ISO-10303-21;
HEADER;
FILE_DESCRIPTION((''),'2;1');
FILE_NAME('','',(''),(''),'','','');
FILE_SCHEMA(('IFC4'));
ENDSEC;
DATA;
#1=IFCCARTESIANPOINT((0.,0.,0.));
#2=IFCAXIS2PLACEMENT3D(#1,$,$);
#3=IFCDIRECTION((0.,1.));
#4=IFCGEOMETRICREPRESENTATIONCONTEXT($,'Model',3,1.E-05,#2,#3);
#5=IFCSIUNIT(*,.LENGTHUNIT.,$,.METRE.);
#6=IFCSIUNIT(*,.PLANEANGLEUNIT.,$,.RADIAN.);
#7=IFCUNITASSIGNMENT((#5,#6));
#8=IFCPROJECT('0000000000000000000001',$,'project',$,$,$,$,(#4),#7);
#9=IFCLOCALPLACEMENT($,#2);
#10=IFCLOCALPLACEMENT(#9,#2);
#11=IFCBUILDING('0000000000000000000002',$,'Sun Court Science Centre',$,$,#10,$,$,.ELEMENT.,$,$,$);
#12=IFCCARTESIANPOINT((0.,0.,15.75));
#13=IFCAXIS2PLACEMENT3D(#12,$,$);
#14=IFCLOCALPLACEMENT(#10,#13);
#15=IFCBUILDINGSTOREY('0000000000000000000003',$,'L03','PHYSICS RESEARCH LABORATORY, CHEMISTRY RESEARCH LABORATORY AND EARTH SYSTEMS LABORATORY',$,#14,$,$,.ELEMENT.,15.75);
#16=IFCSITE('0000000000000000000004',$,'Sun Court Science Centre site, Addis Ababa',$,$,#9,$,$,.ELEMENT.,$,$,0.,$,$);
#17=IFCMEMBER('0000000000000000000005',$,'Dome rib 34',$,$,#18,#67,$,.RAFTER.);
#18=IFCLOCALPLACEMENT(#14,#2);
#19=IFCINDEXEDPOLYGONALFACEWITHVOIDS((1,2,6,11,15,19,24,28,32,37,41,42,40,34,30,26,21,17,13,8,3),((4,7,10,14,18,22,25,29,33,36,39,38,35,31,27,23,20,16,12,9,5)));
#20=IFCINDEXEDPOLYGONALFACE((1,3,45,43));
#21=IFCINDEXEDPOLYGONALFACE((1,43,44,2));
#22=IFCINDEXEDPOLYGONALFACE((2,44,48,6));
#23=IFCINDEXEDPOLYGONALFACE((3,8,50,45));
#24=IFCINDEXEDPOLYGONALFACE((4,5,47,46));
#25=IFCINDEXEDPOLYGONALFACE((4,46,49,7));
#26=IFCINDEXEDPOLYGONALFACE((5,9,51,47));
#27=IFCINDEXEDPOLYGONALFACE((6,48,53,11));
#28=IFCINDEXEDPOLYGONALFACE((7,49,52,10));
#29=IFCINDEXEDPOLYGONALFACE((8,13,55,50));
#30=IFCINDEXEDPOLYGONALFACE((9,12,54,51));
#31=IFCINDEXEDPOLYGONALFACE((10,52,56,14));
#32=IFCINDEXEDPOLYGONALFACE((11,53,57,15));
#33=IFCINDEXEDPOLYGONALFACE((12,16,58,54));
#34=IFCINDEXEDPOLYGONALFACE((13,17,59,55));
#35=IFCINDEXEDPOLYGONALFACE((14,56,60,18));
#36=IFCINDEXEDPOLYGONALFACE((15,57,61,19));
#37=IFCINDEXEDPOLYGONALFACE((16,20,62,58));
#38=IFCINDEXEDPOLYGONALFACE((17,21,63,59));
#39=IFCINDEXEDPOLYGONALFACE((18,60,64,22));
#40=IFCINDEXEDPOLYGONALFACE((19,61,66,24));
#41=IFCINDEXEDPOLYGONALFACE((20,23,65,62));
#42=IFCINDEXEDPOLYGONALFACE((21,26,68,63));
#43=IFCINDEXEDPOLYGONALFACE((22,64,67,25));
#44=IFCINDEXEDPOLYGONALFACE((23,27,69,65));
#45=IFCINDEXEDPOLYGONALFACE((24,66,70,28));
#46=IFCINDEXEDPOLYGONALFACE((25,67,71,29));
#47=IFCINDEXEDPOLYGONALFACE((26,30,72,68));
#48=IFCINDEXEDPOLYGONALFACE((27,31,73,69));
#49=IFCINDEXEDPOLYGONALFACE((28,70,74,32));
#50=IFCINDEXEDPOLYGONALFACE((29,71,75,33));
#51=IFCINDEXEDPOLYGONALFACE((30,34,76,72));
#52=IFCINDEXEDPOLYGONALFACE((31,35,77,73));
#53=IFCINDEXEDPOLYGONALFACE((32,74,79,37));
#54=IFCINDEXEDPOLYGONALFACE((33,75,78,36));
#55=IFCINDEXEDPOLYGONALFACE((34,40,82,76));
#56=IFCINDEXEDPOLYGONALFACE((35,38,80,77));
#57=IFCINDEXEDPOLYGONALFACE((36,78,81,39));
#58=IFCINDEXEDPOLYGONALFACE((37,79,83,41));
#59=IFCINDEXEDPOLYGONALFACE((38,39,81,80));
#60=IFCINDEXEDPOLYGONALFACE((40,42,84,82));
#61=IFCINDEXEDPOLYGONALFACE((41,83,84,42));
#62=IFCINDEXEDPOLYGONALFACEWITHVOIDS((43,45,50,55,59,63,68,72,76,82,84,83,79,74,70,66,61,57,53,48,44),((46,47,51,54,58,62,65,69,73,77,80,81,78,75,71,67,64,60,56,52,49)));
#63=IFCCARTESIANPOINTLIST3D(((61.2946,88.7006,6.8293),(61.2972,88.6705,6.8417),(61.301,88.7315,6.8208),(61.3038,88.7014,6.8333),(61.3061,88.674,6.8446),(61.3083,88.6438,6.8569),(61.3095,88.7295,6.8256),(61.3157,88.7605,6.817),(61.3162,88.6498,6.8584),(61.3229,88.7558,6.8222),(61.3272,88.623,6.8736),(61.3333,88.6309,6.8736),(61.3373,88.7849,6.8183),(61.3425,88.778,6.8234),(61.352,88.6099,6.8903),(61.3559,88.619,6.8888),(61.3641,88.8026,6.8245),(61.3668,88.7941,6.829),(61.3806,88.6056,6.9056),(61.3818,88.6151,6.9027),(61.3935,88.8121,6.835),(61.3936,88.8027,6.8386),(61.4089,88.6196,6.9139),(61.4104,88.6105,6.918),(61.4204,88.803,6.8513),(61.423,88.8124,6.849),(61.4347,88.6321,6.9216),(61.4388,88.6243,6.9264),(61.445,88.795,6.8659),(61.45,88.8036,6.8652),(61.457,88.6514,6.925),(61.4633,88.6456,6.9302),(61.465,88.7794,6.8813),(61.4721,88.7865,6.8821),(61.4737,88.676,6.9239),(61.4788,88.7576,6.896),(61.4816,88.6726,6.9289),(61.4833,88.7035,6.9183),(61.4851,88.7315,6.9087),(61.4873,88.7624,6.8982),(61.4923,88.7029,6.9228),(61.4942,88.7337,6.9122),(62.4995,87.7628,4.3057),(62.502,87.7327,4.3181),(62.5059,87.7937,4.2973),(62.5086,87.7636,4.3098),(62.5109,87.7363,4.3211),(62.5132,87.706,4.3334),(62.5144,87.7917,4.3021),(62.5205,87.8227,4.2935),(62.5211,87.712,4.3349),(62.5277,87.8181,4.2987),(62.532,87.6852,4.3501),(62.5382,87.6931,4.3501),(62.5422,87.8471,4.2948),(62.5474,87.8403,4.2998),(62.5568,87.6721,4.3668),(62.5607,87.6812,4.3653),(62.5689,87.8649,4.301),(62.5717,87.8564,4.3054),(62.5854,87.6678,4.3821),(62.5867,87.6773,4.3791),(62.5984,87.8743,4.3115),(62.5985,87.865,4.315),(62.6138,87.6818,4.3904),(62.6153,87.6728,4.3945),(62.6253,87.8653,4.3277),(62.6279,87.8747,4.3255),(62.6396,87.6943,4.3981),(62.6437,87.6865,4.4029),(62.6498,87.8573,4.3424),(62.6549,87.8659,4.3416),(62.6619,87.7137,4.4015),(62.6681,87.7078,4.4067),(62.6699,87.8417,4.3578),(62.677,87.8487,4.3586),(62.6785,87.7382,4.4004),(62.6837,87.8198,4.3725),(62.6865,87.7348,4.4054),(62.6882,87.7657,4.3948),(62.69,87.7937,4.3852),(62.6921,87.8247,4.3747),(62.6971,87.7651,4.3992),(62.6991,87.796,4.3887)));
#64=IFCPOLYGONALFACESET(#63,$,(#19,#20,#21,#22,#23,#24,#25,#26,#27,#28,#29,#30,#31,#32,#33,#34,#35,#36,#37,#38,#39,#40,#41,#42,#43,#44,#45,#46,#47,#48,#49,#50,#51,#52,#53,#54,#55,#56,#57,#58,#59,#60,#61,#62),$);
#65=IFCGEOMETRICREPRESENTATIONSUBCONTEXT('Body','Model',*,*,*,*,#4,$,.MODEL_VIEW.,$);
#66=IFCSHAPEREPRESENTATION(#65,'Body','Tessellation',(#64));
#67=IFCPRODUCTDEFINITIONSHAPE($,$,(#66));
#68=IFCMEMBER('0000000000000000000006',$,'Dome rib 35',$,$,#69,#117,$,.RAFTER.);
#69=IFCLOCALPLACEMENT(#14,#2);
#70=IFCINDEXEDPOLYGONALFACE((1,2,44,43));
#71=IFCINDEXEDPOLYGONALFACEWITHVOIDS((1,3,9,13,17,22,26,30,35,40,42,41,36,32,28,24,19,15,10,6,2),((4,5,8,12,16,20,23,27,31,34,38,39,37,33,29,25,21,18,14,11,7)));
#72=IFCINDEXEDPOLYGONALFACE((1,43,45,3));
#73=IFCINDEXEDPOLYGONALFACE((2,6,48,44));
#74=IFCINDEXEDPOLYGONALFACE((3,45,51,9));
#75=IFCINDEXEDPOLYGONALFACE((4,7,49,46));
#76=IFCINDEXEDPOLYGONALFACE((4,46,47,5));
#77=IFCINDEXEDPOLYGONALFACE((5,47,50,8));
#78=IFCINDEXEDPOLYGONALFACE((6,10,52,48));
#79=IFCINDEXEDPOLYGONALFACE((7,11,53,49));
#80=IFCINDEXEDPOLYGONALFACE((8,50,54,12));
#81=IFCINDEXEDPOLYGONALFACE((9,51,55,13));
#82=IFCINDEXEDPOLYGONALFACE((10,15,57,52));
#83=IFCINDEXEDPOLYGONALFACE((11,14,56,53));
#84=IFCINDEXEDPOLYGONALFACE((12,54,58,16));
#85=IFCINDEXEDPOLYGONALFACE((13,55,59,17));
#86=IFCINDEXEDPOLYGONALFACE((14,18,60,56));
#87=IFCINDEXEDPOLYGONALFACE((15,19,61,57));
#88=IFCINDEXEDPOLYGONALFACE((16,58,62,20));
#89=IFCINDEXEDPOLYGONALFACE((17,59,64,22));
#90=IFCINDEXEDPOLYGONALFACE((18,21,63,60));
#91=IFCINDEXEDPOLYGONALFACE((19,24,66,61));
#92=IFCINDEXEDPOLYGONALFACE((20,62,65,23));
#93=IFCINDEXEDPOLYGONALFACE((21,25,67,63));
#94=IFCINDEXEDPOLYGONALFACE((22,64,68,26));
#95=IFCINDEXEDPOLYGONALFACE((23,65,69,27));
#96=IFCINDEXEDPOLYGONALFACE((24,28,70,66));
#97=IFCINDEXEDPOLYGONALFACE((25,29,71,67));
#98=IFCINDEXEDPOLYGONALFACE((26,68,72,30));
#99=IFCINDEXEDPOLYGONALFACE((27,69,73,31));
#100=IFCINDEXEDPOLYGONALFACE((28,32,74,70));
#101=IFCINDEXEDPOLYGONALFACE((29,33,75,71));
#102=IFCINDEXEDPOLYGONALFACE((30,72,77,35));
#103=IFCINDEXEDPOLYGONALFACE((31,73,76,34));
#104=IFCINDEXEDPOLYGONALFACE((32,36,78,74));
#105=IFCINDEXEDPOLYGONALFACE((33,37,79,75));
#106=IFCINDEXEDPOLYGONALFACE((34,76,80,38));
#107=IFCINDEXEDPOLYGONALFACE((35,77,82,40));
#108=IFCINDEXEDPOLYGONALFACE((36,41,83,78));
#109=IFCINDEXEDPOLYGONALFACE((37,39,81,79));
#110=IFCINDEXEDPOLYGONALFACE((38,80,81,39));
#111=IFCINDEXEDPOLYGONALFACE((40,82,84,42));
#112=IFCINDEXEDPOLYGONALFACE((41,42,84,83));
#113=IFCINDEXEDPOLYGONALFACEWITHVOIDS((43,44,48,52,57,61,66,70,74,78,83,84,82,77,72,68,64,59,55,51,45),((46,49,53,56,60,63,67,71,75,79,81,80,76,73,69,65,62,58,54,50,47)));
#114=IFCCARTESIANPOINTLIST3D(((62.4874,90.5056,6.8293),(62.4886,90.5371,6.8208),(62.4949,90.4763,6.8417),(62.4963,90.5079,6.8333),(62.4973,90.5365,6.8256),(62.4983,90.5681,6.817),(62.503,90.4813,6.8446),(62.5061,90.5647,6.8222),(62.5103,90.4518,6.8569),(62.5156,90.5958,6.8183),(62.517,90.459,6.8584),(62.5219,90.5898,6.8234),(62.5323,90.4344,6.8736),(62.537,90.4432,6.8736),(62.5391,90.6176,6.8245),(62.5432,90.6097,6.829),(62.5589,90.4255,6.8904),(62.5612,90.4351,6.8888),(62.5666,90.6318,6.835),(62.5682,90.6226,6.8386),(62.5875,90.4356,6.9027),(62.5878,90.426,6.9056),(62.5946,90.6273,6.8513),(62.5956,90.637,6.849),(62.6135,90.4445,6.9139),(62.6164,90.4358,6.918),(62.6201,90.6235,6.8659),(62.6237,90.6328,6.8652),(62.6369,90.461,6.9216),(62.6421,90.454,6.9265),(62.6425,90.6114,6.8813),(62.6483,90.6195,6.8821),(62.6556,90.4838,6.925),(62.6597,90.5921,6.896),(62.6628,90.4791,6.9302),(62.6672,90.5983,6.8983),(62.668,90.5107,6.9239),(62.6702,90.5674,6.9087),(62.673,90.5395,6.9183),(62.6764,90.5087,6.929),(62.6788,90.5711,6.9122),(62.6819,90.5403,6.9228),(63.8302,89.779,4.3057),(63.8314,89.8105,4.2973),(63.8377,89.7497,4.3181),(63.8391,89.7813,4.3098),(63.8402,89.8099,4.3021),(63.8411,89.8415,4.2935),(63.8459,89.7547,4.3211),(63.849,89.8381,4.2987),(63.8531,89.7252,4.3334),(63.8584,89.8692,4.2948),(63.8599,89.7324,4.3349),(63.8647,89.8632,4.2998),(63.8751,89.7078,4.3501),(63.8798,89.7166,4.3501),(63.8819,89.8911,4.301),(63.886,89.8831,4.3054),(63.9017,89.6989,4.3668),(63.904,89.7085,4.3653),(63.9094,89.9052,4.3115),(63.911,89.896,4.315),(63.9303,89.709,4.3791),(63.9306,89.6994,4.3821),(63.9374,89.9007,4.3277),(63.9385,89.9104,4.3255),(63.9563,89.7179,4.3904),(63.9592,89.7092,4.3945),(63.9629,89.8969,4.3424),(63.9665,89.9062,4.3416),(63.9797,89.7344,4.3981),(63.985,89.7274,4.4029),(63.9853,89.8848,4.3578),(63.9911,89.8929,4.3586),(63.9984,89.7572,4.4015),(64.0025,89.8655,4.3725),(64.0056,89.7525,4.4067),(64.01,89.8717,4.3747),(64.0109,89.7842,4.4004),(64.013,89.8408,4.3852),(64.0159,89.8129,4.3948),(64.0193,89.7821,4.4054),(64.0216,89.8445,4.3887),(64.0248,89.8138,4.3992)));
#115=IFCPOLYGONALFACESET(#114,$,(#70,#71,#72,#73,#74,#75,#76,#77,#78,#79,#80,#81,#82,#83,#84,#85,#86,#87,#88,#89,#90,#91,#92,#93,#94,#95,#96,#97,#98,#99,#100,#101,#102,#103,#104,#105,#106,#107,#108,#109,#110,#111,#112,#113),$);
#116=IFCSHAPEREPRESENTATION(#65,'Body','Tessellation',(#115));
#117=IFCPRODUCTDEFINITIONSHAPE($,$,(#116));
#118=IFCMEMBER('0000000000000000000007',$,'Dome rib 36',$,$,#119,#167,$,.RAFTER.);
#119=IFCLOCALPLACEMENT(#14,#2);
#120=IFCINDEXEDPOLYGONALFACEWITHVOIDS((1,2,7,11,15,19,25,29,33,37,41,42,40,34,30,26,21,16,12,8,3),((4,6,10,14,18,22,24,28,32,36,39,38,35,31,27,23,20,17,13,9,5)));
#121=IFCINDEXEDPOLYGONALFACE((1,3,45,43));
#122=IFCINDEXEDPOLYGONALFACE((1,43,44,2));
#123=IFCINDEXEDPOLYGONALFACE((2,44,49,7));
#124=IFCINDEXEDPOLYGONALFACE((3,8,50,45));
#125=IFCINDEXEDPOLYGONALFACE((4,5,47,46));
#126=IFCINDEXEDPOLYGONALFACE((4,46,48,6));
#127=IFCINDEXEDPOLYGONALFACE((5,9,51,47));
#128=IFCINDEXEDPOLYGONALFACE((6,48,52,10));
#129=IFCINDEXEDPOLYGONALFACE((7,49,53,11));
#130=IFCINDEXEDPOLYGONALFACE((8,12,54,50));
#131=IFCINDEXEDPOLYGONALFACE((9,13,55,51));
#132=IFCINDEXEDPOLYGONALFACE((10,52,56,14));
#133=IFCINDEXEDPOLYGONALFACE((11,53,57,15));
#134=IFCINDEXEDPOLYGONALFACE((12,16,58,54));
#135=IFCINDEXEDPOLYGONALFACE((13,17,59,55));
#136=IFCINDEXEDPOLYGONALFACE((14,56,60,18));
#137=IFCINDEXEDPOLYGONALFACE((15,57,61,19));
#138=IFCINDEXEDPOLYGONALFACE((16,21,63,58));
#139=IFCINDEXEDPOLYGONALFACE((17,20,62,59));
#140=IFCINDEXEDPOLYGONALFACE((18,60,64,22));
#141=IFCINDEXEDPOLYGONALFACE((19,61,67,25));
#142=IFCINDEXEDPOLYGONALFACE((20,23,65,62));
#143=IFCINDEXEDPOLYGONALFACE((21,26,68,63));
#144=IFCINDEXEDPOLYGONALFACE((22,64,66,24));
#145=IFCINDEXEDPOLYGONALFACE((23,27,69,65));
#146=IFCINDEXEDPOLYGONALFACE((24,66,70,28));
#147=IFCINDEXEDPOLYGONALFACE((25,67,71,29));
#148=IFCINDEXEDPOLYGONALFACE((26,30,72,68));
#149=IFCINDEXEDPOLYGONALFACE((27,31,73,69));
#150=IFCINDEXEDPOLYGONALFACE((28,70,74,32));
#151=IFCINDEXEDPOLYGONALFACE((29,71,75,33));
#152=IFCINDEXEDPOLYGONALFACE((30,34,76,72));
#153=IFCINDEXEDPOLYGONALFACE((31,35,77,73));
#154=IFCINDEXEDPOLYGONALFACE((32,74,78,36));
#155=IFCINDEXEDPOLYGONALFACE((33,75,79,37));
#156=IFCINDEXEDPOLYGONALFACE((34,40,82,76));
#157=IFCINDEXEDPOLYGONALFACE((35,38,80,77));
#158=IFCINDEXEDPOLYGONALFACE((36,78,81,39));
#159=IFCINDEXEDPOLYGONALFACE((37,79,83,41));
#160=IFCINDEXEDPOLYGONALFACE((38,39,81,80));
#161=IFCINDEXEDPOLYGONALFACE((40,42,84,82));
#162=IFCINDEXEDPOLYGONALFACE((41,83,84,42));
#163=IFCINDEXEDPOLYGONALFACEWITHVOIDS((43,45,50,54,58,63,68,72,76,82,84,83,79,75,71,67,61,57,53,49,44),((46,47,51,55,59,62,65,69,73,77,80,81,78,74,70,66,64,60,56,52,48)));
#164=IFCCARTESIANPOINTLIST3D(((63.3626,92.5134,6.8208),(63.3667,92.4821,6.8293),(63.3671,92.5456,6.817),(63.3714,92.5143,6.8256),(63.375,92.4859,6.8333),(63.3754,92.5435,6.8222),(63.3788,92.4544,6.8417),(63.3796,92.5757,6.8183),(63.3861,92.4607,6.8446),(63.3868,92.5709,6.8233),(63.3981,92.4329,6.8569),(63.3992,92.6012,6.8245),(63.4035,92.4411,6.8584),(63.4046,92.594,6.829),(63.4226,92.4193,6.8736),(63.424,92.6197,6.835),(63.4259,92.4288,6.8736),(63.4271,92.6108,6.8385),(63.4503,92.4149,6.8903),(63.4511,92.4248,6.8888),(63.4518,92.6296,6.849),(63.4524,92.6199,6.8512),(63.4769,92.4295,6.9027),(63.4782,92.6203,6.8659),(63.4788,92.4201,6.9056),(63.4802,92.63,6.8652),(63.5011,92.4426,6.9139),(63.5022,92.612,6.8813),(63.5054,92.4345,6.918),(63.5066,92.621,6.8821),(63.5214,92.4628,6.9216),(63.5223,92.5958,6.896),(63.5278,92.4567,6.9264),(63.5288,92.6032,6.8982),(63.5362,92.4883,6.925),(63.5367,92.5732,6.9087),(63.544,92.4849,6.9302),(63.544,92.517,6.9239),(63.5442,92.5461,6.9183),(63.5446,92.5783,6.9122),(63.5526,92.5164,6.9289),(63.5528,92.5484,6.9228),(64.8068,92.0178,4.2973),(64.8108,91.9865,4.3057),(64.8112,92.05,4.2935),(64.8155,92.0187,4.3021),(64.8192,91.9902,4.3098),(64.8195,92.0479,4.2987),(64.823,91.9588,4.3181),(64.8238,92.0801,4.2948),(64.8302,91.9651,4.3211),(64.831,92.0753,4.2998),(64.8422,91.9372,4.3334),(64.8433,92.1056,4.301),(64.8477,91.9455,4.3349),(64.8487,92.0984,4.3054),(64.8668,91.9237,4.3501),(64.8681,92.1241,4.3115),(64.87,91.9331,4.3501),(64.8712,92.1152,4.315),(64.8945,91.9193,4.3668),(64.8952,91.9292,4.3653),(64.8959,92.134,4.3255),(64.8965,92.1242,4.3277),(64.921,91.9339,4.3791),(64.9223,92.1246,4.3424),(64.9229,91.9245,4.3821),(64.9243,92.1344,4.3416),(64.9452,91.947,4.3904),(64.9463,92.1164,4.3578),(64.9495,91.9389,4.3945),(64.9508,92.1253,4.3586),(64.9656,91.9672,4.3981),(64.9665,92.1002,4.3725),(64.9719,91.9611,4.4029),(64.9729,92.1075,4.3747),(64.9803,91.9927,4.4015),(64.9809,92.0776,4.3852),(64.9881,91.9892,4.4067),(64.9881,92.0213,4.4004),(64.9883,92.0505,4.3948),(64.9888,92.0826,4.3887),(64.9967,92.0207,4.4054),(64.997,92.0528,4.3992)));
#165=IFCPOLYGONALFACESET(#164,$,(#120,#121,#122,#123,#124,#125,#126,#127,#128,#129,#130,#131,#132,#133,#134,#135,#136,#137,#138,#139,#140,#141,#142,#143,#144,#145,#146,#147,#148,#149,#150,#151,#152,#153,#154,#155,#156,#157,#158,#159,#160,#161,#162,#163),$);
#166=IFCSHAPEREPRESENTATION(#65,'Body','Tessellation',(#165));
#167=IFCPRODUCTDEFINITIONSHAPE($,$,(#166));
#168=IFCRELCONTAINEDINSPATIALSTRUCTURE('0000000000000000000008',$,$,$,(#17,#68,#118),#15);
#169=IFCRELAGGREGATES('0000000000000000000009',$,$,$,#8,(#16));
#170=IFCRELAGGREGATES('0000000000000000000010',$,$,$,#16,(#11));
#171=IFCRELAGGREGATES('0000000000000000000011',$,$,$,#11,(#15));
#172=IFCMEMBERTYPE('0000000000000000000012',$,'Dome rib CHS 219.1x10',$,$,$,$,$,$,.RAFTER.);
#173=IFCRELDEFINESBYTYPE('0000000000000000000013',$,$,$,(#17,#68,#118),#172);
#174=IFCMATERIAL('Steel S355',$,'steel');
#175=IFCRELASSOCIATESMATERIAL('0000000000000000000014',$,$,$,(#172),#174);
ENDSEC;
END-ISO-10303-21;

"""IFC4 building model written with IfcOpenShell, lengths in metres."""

from ifc_helpers import new_model, si_unit, direction, frame, origin, origin_2d, place, context, subcontext, project, spatial, hollow_circle, extrude, material, material_profile, profile_set, type_object, element, save


model = new_model("IFC4")

# Units and contexts
model_context = context("Model", 3, precision=1e-05, world=origin(), true_north=direction((0.0, 1.0)))
body_context = subcontext(model_context, "Body", "Model", "MODEL_VIEW")
ifc_project = project(units=[si_unit("LENGTHUNIT", "METRE"), si_unit("PLANEANGLEUNIT", "RADIAN")], contexts=[model_context])

# Site, building, storey
site_placement = place(None, origin())
site = spatial("IfcSite", under=ifc_project, at=site_placement, Name="Sun Court Science Centre site, Addis Ababa", CompositionType="ELEMENT", RefElevation=0.0)
building_placement = place(site_placement, origin())
building = spatial("IfcBuilding", under=site, at=building_placement, Name="Sun Court Science Centre", CompositionType="ELEMENT")
storey_placement = place(building_placement, frame((0.0, 0.0, 15.75)))
storey = spatial("IfcBuildingStorey", under=building, at=storey_placement, Name="L03", Description="PHYSICS RESEARCH LABORATORY, CHEMISTRY RESEARCH LABORATORY AND EARTH SYSTEMS LABORATORY", CompositionType="ELEMENT", Elevation=15.75)

# Members
ifc_material_1 = material(Name="Steel S355", Category="steel")
ifc_material_profile_1 = material_profile(ifc_material_1, hollow_circle(Radius=0.1096, WallThickness=0.01, at=origin_2d()), Name="CHS 219.1x10")
ifc_profile_set_1 = profile_set([ifc_material_profile_1], Name="Steel S355")
member_type_1 = type_object("IfcMemberType", Name="Dome rib CHS 219.1x10", PredefinedType="RAFTER", material=ifc_profile_set_1)
for number, where, z_axis, x_axis, name in (
    (1, (62.5994, 87.7717, 4.3501), (-0.408507, 0.317948, 0.855588), (-0.614206, -0.789146, 0.0), "Dome rib 34"),
    (2, (63.9272, 89.8042, 4.3501), (-0.455278, 0.246347, 0.855591), (-0.475892, -0.879504, 0.0), "Dome rib 35"),
    (3, (64.9023, 92.0273, 4.3501), (-0.489628, 0.168038, 0.855586), (-0.32461, -0.945848, 0.0), "Dome rib 36"),
):
    element("IfcMember", number, at=place(storey_placement, frame(where, z_axis=z_axis, x_axis=x_axis)), inside=storey, type_object=member_type_1, Name=name, PredefinedType="RAFTER", context=body_context, shape_type="SweptSolid", body=[
        extrude(hollow_circle(Radius=0.1096, WallThickness=0.01, at=origin_2d()), origin(), (0.0, 0.0, 1.0), 2.9495),
    ])

save(model, "model.ifc")
